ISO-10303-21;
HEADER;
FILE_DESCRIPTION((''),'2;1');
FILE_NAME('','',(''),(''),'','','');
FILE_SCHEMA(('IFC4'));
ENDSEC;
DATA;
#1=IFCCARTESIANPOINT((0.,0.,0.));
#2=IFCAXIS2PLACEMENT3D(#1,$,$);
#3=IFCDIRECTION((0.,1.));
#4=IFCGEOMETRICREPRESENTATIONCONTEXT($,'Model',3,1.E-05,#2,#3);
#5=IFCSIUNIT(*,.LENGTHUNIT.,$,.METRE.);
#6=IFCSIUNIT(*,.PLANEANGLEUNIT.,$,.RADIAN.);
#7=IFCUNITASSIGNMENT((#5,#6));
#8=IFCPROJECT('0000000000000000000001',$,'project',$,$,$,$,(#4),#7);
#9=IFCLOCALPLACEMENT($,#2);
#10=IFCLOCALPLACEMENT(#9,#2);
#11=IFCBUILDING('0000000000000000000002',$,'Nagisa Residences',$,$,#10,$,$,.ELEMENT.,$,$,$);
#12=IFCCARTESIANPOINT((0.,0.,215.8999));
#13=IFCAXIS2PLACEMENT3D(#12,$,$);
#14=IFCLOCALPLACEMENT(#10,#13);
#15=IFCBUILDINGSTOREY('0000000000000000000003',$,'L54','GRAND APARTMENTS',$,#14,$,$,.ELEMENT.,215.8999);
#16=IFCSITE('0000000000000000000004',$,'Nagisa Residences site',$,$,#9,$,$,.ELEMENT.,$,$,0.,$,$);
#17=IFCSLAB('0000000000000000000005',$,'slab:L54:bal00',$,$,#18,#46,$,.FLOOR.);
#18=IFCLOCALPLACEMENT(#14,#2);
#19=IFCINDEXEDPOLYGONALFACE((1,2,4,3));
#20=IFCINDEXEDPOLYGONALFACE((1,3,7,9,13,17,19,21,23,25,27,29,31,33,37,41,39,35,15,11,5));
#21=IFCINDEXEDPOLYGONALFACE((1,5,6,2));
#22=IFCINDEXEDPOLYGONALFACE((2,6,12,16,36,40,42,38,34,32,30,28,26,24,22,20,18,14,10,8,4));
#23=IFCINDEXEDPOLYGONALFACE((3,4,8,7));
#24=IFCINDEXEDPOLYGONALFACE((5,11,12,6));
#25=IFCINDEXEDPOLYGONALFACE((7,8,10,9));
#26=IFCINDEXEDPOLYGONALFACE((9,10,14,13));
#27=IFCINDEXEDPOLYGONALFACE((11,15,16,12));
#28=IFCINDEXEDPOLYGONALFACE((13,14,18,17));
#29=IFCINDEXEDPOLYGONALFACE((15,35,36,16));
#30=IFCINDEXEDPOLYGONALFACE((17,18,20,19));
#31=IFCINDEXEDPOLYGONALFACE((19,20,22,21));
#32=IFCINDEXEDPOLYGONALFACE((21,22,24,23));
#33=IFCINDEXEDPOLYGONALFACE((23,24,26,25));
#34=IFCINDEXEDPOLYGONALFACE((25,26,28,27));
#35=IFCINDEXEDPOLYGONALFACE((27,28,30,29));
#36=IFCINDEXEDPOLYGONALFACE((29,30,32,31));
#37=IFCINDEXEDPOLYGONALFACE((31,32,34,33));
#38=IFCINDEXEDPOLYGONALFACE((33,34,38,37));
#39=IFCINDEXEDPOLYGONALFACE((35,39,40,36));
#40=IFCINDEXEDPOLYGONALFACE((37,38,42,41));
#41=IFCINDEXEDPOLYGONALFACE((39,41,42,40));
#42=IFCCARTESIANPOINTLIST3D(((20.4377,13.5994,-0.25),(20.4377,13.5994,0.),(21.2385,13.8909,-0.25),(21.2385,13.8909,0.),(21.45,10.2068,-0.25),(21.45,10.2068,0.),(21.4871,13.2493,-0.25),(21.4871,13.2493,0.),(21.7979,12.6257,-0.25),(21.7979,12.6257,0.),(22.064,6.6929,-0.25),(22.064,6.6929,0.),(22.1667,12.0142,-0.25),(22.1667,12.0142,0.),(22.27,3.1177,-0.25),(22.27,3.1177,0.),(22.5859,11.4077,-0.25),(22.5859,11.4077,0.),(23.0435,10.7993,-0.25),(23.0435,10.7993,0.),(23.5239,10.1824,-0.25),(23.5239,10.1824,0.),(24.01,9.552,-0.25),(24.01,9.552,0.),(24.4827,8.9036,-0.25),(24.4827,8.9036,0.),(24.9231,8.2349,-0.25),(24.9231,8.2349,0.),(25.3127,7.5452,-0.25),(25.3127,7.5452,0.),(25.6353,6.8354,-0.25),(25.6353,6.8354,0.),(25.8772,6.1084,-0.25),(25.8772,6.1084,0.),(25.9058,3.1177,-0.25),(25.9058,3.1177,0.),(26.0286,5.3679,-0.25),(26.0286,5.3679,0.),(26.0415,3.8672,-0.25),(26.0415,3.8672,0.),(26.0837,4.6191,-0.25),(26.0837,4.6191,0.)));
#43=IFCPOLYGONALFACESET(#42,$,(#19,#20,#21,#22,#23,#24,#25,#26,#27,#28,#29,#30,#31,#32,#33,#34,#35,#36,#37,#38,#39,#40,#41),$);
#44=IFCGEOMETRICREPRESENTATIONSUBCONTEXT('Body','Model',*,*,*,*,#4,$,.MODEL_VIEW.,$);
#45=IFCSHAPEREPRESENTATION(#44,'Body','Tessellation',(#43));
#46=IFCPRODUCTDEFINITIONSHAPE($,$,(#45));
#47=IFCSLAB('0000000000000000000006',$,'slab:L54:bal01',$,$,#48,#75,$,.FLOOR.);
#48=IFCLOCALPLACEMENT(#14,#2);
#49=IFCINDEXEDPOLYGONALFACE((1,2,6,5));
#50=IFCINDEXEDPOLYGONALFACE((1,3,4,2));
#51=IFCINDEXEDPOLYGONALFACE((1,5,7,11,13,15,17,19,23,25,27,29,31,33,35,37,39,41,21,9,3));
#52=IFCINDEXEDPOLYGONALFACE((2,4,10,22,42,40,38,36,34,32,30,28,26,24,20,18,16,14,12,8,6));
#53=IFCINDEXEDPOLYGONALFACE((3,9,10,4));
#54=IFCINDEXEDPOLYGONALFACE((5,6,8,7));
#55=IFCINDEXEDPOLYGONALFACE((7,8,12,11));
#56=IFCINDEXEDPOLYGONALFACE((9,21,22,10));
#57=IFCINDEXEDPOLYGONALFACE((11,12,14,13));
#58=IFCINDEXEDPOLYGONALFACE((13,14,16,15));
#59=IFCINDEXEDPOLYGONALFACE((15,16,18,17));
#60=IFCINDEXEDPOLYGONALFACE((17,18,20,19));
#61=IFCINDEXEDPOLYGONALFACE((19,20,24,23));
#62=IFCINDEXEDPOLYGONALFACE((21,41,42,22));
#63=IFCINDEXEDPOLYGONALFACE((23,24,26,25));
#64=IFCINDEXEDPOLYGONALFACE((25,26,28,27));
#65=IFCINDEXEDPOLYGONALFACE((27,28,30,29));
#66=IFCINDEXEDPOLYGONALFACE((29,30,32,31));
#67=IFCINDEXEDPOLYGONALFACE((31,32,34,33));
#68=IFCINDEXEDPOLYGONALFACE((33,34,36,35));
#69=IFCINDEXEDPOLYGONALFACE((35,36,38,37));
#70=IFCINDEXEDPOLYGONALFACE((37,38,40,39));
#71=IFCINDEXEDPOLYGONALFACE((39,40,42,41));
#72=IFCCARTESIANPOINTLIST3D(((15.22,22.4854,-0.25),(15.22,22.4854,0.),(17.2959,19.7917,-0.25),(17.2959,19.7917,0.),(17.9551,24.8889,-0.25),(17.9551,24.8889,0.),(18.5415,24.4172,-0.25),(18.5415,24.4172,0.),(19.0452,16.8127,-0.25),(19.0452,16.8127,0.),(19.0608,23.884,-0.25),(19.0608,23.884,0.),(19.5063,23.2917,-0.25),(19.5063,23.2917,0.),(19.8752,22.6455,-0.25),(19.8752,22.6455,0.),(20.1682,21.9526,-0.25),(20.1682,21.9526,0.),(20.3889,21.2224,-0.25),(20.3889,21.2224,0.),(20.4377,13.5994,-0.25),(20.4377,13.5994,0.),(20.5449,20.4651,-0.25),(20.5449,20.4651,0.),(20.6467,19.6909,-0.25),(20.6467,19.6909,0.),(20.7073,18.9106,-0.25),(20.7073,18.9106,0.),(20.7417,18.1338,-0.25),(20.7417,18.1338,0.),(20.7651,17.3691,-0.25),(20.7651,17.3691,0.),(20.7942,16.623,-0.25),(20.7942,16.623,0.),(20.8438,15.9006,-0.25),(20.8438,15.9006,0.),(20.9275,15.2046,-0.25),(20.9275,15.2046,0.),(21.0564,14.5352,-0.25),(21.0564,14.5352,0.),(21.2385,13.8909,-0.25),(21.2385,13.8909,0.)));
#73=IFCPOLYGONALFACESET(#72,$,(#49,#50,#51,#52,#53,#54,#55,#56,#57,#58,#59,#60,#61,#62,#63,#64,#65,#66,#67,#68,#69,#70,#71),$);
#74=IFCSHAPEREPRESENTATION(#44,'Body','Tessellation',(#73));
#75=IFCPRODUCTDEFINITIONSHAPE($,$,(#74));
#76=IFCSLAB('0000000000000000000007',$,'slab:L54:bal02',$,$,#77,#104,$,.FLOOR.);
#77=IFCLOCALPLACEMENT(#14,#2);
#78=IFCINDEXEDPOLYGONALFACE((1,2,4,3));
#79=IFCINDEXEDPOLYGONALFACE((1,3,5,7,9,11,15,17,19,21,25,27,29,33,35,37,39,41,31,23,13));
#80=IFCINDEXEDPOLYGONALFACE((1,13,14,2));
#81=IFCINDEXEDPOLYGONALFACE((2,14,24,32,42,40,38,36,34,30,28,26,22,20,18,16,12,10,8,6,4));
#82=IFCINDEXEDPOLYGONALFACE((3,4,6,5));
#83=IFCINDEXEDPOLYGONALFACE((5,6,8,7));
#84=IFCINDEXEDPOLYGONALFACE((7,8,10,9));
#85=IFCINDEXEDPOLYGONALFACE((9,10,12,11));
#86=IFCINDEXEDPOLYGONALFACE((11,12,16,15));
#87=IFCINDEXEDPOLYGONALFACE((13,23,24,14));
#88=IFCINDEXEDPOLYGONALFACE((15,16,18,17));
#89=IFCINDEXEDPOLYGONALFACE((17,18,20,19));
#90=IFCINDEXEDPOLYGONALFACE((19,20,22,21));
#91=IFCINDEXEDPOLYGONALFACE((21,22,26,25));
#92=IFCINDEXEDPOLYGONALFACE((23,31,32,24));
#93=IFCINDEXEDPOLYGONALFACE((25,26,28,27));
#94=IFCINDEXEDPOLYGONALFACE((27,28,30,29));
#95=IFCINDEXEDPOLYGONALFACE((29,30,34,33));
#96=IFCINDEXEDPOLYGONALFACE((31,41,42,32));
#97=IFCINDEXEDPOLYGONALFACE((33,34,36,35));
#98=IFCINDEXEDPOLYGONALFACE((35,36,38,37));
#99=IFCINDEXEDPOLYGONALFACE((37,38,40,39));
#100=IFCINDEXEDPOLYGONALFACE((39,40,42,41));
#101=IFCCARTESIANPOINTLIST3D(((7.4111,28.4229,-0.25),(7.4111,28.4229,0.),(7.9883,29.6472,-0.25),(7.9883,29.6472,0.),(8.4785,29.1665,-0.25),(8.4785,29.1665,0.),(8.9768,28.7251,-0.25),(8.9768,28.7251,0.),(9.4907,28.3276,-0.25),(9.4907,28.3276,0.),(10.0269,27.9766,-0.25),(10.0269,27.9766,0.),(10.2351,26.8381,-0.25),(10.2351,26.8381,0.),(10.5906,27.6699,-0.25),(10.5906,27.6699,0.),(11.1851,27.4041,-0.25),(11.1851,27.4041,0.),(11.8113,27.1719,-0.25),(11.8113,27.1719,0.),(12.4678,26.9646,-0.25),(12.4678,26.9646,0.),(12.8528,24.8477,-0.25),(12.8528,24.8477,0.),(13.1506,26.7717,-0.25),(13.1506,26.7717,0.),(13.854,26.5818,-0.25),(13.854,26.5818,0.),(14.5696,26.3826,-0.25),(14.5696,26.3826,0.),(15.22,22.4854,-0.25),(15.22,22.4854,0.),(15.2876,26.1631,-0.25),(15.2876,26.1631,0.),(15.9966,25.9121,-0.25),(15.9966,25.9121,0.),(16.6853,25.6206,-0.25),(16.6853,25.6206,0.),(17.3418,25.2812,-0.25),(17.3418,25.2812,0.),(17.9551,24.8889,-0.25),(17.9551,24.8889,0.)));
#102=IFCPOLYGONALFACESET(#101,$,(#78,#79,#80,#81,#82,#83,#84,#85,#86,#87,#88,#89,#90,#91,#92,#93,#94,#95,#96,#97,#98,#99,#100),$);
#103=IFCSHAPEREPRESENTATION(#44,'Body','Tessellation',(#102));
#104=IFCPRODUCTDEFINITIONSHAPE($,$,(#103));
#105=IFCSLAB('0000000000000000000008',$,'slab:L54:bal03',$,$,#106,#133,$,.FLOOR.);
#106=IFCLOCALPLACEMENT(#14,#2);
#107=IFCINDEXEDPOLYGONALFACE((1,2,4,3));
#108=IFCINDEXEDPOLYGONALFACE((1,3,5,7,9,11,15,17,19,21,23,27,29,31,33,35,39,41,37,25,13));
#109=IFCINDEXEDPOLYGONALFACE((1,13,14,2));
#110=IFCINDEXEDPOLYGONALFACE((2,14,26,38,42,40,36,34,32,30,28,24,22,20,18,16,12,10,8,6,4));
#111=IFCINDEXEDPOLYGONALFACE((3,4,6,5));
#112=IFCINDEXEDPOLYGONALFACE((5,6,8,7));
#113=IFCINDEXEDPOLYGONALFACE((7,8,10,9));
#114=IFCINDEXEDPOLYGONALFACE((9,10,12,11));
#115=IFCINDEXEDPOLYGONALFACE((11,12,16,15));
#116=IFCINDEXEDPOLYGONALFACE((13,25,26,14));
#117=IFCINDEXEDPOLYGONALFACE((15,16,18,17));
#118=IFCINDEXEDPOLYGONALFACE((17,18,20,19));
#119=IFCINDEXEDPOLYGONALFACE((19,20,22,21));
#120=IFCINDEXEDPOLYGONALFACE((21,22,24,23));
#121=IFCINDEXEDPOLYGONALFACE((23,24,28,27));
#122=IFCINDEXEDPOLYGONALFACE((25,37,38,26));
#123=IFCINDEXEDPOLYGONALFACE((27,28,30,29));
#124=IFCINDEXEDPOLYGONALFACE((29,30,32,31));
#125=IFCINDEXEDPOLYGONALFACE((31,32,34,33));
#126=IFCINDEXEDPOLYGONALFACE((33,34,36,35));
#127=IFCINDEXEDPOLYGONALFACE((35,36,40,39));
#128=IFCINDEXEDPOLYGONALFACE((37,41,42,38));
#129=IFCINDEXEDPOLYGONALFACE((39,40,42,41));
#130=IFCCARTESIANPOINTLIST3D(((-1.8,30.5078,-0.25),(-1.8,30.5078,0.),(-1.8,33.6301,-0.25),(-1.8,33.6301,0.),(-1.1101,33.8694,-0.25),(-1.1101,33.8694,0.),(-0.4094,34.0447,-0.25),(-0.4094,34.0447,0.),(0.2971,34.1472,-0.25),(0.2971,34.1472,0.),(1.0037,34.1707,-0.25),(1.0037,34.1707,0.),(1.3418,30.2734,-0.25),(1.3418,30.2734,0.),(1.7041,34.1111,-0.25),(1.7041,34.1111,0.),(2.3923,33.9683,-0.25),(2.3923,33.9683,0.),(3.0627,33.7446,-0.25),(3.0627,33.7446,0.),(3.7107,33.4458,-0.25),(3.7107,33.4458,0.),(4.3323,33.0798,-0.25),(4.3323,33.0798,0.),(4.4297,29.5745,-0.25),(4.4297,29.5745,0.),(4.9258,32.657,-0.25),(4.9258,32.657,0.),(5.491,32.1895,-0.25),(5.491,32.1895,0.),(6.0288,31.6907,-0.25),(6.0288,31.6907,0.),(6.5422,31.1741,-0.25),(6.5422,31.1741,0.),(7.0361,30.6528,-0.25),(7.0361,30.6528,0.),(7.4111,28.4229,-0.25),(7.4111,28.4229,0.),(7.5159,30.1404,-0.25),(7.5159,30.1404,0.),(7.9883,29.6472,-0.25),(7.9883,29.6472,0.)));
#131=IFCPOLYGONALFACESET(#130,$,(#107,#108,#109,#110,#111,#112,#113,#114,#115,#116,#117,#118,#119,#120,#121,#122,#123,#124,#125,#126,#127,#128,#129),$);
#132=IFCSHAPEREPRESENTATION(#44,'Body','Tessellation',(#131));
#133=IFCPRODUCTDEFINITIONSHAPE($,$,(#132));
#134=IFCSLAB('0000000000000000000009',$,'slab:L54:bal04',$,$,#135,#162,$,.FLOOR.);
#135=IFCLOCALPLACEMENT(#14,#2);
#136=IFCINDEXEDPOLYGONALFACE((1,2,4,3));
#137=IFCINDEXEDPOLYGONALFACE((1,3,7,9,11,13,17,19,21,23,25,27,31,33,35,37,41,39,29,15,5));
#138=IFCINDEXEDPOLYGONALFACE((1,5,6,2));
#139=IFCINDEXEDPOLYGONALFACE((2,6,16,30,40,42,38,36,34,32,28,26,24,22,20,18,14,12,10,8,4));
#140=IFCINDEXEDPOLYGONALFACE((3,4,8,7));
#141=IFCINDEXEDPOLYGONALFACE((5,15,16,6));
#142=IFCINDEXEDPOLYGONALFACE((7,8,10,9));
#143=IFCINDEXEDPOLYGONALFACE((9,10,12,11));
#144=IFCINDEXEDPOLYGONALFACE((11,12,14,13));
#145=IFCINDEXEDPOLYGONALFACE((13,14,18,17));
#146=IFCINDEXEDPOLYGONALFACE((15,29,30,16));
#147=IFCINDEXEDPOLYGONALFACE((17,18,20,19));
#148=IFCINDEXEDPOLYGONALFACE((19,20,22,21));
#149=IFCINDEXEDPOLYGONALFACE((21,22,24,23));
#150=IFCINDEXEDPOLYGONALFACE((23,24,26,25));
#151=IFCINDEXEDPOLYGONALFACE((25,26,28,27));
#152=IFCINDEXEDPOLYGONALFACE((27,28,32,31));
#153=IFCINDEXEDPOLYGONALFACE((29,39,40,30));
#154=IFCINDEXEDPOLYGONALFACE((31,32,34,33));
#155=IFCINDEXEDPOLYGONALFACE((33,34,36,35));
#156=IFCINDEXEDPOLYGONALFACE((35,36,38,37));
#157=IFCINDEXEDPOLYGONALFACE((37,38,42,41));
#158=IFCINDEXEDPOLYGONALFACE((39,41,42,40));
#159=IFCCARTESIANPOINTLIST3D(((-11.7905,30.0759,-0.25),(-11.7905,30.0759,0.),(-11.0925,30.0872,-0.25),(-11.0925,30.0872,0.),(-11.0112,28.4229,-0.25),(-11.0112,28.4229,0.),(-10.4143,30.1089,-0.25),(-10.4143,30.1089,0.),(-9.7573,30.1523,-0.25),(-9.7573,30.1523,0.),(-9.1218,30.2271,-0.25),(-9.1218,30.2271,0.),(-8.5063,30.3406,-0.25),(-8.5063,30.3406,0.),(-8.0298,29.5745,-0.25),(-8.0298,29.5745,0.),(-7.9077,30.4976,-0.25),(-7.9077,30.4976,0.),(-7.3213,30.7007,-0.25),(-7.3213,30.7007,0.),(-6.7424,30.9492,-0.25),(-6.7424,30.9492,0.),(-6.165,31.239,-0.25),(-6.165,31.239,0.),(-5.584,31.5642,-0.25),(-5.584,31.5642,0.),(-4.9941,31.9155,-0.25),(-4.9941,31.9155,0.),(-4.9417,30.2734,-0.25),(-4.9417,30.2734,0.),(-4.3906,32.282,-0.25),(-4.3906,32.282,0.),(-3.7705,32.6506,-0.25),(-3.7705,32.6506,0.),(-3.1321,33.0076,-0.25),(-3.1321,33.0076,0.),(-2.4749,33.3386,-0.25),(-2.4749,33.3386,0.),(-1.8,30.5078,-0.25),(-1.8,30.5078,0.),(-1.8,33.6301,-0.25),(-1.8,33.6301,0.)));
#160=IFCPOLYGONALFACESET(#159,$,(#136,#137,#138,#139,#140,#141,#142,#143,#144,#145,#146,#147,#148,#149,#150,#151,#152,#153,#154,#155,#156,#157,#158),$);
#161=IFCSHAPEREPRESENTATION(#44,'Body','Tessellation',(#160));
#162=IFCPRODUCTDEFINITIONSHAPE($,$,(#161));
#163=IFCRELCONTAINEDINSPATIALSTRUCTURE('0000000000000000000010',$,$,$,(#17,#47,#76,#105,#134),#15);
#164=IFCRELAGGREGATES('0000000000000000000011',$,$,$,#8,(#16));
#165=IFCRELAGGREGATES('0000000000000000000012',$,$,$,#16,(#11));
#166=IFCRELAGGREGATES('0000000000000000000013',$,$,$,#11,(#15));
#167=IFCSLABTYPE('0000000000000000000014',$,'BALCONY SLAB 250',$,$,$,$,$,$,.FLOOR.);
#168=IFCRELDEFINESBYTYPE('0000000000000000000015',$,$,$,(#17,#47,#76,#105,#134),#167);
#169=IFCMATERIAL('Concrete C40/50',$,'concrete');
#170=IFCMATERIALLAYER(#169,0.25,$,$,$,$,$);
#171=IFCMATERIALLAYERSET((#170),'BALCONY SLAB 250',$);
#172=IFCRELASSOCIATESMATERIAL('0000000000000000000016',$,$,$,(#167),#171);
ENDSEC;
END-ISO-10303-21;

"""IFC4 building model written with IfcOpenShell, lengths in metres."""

from ifc_helpers import new_model, si_unit, direction, frame, origin, place, context, subcontext, project, spatial, polyline, outline, extrude, material, layer, layer_set, type_object, element, save


model = new_model("IFC4")

# Units and contexts
model_context = context("Model", 3, precision=1e-05, world=origin(), true_north=direction((0.0, 1.0)))
body_context = subcontext(model_context, "Body", "Model", "MODEL_VIEW")
ifc_project = project(units=[si_unit("LENGTHUNIT", "METRE"), si_unit("PLANEANGLEUNIT", "RADIAN")], contexts=[model_context])

# Site, building, storey
site_placement = place(None, origin())
site = spatial("IfcSite", under=ifc_project, at=site_placement, Name="Nagisa Residences site", CompositionType="ELEMENT", RefElevation=0.0)
building_placement = place(site_placement, origin())
building = spatial("IfcBuilding", under=site, at=building_placement, Name="Nagisa Residences", CompositionType="ELEMENT")
storey_placement = place(building_placement, frame((0.0, 0.0, 215.8999)))
storey = spatial("IfcBuildingStorey", under=building, at=storey_placement, Name="L54", Description="GRAND APARTMENTS", CompositionType="ELEMENT", Elevation=215.8999)

# Slabs
ifc_material_1 = material(Name="Concrete C40/50", Category="concrete")
ifc_layer_1 = layer(ifc_material_1, 0.25)
ifc_layer_set_1 = layer_set([ifc_layer_1], Name="BALCONY SLAB 250")
slab_type_1 = type_object("IfcSlabType", Name="BALCONY SLAB 250", PredefinedType="FLOOR", material=ifc_layer_set_1)
slab_1_placement = place(storey_placement, frame((0.0, 0.0, -0.25)))
element("IfcSlab", 1, at=slab_1_placement, inside=storey, type_object=slab_type_1, Name="slab:L54:bal00", PredefinedType="FLOOR", context=body_context, shape_type="SweptSolid", body=[
    extrude(outline(polyline([(25.9058, 3.1177), (26.0415, 3.8672), (26.0837, 4.6191), (26.0286, 5.3679), (25.8772, 6.1084), (25.6353, 6.8354), (25.3127, 7.5452), (24.9231, 8.2349), (24.4827, 8.9036), (24.01, 9.552), (23.5239, 10.1824), (23.0435, 10.7993), (22.5859, 11.4077), (22.1667, 12.0142), (21.7979, 12.6257), (21.4871, 13.2493), (21.2385, 13.8909), (20.4377, 13.5994), (21.45, 10.2068), (22.064, 6.6929), (22.27, 3.1177), (25.9058, 3.1177)])), origin(), (0.0, 0.0, 1.0), 0.25),
])
slab_2_placement = place(storey_placement, frame((0.0, 0.0, -0.25)))
element("IfcSlab", 2, at=slab_2_placement, inside=storey, type_object=slab_type_1, Name="slab:L54:bal01", PredefinedType="FLOOR", context=body_context, shape_type="SweptSolid", body=[
    extrude(outline(polyline([(21.2385, 13.8909), (21.0564, 14.5352), (20.9275, 15.2046), (20.8438, 15.9006), (20.7942, 16.623), (20.7651, 17.3691), (20.7417, 18.1338), (20.7073, 18.9106), (20.6467, 19.6909), (20.5449, 20.4651), (20.3889, 21.2224), (20.1682, 21.9526), (19.8752, 22.6455), (19.5063, 23.2917), (19.0608, 23.884), (18.5415, 24.4172), (17.9551, 24.8889), (15.22, 22.4854), (17.2959, 19.7917), (19.0452, 16.8127), (20.4377, 13.5994), (21.2385, 13.8909)])), origin(), (0.0, 0.0, 1.0), 0.25),
])
slab_3_placement = place(storey_placement, frame((0.0, 0.0, -0.25)))
element("IfcSlab", 3, at=slab_3_placement, inside=storey, type_object=slab_type_1, Name="slab:L54:bal02", PredefinedType="FLOOR", context=body_context, shape_type="SweptSolid", body=[
    extrude(outline(polyline([(17.9551, 24.8889), (17.3418, 25.2812), (16.6853, 25.6206), (15.9966, 25.9121), (15.2876, 26.1631), (14.5696, 26.3826), (13.854, 26.5818), (13.1506, 26.7717), (12.4678, 26.9646), (11.8113, 27.1719), (11.1851, 27.4041), (10.5906, 27.6699), (10.0269, 27.9766), (9.4907, 28.3276), (8.9768, 28.7251), (8.4785, 29.1665), (7.9883, 29.6472), (7.4111, 28.4229), (10.2351, 26.8381), (12.8528, 24.8477), (15.22, 22.4854), (17.9551, 24.8889)])), origin(), (0.0, 0.0, 1.0), 0.25),
])
slab_4_placement = place(storey_placement, frame((0.0, 0.0, -0.25)))
element("IfcSlab", 4, at=slab_4_placement, inside=storey, type_object=slab_type_1, Name="slab:L54:bal03", PredefinedType="FLOOR", context=body_context, shape_type="SweptSolid", body=[
    extrude(outline(polyline([(7.9883, 29.6472), (7.5159, 30.1404), (7.0361, 30.6528), (6.5422, 31.1741), (6.0288, 31.6907), (5.491, 32.1895), (4.9258, 32.657), (4.3323, 33.0798), (3.7107, 33.4458), (3.0627, 33.7446), (2.3923, 33.9683), (1.7041, 34.1111), (1.0037, 34.1707), (0.2971, 34.1472), (-0.4094, 34.0447), (-1.1101, 33.8694), (-1.8, 33.6301), (-1.8, 30.5078), (1.3418, 30.2734), (4.4297, 29.5745), (7.4111, 28.4229), (7.9883, 29.6472)])), origin(), (0.0, 0.0, 1.0), 0.25),
])
slab_5_placement = place(storey_placement, frame((0.0, 0.0, -0.25)))
element("IfcSlab", 5, at=slab_5_placement, inside=storey, type_object=slab_type_1, Name="slab:L54:bal04", PredefinedType="FLOOR", context=body_context, shape_type="SweptSolid", body=[
    extrude(outline(polyline([(-1.8, 33.6301), (-2.4749, 33.3386), (-3.1321, 33.0076), (-3.7705, 32.6506), (-4.3906, 32.282), (-4.9941, 31.9155), (-5.584, 31.5642), (-6.165, 31.239), (-6.7424, 30.9492), (-7.3213, 30.7007), (-7.9077, 30.4976), (-8.5063, 30.3406), (-9.1218, 30.2271), (-9.7573, 30.1523), (-10.4143, 30.1089), (-11.0925, 30.0872), (-11.7905, 30.0759), (-11.0112, 28.4229), (-8.0298, 29.5745), (-4.9417, 30.2734), (-1.8, 30.5078), (-1.8, 33.6301)])), origin(), (0.0, 0.0, 1.0), 0.25),
])

save(model, "model.ifc")
